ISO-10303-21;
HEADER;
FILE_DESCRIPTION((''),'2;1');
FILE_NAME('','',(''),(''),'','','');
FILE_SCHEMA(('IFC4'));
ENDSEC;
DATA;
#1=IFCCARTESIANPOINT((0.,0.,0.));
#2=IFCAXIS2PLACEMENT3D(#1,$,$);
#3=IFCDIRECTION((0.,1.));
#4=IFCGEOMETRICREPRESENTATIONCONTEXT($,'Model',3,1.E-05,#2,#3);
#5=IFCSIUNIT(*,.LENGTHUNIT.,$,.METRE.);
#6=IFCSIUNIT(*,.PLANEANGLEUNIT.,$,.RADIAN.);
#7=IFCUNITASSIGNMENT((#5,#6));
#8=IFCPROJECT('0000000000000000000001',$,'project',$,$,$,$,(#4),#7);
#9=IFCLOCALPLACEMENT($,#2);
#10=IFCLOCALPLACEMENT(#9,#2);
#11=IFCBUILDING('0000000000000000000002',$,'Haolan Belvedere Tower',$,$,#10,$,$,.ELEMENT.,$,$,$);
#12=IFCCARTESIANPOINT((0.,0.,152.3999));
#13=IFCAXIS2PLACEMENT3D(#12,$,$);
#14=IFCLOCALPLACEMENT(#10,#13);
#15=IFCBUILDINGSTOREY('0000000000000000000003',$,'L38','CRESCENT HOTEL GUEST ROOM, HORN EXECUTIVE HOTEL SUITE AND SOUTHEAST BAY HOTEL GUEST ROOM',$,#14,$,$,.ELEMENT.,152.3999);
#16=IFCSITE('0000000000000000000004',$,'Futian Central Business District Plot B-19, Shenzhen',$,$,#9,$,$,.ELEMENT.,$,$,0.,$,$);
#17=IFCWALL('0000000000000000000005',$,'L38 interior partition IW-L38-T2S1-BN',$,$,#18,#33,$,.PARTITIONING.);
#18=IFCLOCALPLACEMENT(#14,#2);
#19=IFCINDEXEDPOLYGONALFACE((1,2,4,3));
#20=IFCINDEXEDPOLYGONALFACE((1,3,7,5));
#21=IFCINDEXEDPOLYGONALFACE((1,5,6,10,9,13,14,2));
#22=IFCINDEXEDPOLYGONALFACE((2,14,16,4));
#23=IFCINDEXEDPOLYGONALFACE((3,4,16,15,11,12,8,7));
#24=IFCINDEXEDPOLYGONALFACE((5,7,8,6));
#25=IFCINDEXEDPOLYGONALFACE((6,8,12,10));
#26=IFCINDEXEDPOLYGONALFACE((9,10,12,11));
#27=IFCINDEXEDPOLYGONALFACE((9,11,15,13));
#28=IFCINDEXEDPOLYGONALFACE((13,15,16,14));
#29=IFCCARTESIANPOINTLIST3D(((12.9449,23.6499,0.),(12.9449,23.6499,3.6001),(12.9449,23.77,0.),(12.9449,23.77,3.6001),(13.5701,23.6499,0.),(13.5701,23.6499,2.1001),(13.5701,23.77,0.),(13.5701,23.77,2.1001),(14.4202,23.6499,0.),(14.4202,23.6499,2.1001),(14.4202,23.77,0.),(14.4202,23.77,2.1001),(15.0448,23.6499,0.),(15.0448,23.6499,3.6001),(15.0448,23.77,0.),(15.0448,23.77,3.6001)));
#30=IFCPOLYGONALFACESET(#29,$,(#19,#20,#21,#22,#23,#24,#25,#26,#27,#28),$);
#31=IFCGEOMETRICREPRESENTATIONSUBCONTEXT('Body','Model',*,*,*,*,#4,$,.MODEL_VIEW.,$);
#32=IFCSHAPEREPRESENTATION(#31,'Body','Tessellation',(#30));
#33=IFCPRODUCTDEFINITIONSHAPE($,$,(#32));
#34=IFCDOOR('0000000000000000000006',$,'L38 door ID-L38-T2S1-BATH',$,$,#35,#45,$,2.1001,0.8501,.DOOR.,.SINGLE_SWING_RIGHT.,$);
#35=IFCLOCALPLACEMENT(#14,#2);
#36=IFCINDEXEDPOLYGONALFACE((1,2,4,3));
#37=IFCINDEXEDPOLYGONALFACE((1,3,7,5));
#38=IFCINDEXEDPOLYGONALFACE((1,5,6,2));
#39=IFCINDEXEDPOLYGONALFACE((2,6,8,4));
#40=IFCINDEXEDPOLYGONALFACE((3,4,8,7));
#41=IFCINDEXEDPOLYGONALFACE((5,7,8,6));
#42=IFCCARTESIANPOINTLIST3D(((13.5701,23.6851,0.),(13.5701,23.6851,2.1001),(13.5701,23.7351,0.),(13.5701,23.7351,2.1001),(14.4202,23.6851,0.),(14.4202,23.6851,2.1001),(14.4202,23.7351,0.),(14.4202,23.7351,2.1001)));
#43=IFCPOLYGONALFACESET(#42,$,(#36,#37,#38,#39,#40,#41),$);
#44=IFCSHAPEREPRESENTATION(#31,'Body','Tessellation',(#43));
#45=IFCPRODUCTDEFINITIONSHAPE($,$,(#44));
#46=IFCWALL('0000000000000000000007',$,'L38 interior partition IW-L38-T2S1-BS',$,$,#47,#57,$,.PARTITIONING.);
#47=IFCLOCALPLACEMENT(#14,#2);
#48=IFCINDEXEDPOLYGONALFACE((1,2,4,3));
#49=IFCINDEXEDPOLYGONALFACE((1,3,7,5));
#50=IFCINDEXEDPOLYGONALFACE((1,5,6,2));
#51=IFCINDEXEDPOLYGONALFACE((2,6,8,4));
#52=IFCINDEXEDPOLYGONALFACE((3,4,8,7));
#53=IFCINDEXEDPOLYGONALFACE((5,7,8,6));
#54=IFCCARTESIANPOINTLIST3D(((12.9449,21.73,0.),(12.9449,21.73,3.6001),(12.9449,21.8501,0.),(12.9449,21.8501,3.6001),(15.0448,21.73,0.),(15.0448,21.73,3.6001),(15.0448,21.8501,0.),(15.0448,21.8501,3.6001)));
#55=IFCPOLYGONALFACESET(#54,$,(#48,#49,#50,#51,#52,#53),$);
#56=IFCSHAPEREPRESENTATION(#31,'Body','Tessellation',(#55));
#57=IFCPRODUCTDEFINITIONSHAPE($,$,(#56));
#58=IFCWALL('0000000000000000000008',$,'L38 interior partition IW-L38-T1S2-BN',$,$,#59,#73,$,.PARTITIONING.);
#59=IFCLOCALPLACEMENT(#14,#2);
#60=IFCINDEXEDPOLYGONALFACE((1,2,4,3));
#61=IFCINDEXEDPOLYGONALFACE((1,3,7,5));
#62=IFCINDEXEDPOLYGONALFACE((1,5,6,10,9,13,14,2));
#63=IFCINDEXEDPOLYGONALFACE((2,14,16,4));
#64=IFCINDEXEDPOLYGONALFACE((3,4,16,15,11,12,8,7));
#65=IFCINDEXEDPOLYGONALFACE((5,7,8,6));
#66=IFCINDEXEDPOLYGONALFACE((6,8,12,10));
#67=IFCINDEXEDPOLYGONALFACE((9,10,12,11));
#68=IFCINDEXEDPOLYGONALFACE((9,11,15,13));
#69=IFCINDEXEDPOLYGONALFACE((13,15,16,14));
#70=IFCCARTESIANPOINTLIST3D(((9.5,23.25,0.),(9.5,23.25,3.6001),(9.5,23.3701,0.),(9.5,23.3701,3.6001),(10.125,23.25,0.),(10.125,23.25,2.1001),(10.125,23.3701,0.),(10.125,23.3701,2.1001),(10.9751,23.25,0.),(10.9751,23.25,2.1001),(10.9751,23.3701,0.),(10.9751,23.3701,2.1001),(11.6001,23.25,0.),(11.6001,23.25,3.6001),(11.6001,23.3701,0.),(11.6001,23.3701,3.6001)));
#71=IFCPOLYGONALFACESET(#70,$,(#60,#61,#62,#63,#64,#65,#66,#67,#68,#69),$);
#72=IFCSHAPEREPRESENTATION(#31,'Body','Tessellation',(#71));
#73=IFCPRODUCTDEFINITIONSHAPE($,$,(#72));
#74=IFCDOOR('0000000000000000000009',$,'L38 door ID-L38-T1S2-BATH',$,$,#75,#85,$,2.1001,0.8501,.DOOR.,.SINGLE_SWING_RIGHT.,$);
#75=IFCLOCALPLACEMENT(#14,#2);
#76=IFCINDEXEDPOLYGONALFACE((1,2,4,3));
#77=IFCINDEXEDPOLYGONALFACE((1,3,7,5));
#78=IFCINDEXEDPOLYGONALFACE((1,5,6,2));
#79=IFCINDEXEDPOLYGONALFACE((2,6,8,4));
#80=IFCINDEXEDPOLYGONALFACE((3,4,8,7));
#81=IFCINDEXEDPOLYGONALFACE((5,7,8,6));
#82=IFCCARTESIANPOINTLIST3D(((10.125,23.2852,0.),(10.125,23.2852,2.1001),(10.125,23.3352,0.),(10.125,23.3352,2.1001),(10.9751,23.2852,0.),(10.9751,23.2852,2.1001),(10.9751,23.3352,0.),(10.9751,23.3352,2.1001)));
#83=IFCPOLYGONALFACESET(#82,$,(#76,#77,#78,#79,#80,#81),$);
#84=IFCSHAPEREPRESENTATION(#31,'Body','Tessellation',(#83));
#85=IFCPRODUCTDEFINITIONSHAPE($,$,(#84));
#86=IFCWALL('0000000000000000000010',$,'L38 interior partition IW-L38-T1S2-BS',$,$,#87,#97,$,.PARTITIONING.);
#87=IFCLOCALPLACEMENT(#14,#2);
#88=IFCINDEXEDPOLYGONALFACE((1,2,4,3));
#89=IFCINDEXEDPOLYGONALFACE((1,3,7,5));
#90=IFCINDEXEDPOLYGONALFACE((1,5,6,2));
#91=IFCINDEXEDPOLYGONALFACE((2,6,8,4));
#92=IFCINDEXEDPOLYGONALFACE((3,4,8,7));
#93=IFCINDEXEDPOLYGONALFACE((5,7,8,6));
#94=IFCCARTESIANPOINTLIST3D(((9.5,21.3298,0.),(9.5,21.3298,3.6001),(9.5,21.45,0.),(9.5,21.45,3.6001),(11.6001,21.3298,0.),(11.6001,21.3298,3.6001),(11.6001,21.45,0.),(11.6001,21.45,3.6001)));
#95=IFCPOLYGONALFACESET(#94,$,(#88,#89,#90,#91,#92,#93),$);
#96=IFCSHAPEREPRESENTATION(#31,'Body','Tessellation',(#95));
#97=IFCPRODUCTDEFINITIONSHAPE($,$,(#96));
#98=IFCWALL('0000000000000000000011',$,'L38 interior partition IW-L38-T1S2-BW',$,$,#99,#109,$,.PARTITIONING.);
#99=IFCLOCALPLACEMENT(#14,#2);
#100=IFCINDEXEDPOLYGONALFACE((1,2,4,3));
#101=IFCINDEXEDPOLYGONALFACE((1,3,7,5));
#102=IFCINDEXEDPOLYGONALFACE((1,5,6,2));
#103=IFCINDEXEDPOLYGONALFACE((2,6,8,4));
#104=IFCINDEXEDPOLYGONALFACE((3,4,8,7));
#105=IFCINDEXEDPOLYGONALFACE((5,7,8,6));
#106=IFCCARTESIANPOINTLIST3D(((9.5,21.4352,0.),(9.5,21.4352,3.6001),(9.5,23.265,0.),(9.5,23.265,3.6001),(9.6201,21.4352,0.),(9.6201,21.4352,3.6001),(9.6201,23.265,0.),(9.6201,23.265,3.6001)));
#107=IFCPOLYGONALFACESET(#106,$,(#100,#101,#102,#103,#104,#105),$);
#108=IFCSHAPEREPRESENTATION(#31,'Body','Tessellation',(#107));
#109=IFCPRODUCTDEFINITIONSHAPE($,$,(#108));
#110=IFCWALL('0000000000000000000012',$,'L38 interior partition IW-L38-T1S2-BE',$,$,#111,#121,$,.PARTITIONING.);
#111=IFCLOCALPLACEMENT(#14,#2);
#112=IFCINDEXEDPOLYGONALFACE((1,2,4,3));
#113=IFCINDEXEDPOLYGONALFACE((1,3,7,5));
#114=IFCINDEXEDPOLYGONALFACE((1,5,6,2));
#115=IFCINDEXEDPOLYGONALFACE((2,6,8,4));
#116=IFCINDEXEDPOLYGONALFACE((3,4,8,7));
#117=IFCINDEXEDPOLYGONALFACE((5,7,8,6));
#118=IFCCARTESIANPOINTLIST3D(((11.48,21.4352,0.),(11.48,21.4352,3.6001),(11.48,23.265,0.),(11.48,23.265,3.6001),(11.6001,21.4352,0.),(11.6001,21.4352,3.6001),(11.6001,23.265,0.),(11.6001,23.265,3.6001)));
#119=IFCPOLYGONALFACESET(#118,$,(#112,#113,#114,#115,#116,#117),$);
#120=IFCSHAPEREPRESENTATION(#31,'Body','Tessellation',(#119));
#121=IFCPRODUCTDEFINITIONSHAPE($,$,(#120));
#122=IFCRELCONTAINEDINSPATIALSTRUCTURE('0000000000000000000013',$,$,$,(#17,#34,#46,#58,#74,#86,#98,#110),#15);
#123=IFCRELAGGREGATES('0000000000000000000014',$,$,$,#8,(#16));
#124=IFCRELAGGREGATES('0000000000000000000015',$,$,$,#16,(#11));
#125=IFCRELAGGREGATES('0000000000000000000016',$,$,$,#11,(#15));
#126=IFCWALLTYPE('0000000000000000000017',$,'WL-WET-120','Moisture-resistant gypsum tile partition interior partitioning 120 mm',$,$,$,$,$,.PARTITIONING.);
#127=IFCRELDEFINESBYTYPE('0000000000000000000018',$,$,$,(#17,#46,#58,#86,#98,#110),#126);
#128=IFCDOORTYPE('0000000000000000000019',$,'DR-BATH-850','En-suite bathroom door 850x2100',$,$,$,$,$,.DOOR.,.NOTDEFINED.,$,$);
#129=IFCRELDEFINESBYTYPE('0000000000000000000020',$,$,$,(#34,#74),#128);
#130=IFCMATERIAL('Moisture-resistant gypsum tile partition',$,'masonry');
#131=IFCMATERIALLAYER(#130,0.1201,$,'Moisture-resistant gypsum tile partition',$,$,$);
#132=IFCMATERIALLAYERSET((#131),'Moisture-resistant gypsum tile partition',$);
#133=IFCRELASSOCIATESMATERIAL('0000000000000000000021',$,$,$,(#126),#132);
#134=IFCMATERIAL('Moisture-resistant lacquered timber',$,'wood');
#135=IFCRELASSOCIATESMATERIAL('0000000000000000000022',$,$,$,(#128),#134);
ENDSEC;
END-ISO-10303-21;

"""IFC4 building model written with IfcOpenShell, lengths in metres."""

from ifc_helpers import new_model, si_unit, direction, frame, frame_2d, origin, place, context, subcontext, project, spatial, rectangle, extrude, material, layer, layer_set, type_object, element, fill, save


model = new_model("IFC4")

# Units and contexts
model_context = context("Model", 3, precision=1e-05, world=origin(), true_north=direction((0.0, 1.0)))
body_context = subcontext(model_context, "Body", "Model", "MODEL_VIEW")
ifc_project = project(units=[si_unit("LENGTHUNIT", "METRE"), si_unit("PLANEANGLEUNIT", "RADIAN")], contexts=[model_context])

# Site, building, storey
site_placement = place(None, origin())
site = spatial("IfcSite", under=ifc_project, at=site_placement, Name="Futian Central Business District Plot B-19, Shenzhen", CompositionType="ELEMENT", RefElevation=0.0)
building_placement = place(site_placement, origin())
building = spatial("IfcBuilding", under=site, at=building_placement, Name="Haolan Belvedere Tower", CompositionType="ELEMENT")
storey_placement = place(building_placement, frame((0.0, 0.0, 152.3999)))
storey = spatial("IfcBuildingStorey", under=building, at=storey_placement, Name="L38", Description="CRESCENT HOTEL GUEST ROOM, HORN EXECUTIVE HOTEL SUITE AND SOUTHEAST BAY HOTEL GUEST ROOM", CompositionType="ELEMENT", Elevation=152.3999)

# Wall, opening, door
ifc_material_1 = material(Name="Moisture-resistant gypsum tile partition", Category="masonry")
ifc_layer_1 = layer(ifc_material_1, 0.1201, Name="Moisture-resistant gypsum tile partition")
ifc_layer_set_1 = layer_set([ifc_layer_1], Name="Moisture-resistant gypsum tile partition")
wall_type_1 = type_object("IfcWallType", Name="WL-WET-120", Description="Moisture-resistant gypsum tile partition interior partitioning 120 mm", PredefinedType="PARTITIONING", material=ifc_layer_set_1)
wall_1_placement = place(storey_placement, frame((12.9451, 23.71, 0.0), z_axis=(0.0, 0.0, 1.0), x_axis=(1.0, 0.0, 0.0)))
wall_1 = element("IfcWall", 1, at=wall_1_placement, inside=storey, type_object=wall_type_1, Name="L38 interior partition IW-L38-T2S1-BN", PredefinedType="PARTITIONING", context=body_context, shape_type="SweptSolid", body=[
    extrude(rectangle(XDim=2.0999, YDim=0.1201, at=frame_2d((1.0498, 0.0))), origin(), (0.0, 0.0, 1.0), 3.6001),
])
opening_1_placement = place(wall_1_placement, frame((1.4751, 0.0, 0.0), z_axis=(0.0, 0.0, 1.0), x_axis=(-1.0, 0.0, 0.0)))
opening_1 = element("IfcOpeningElement", 2, at=opening_1_placement, cuts=wall_1, PredefinedType="OPENING", context=body_context, shape_type="SweptSolid", body=[
    extrude(rectangle(XDim=0.8501, YDim=2.1001, at=frame_2d((0.425, 1.05))), frame((0.0, 0.0701, 0.0), z_axis=(0.0, -1.0, 0.0), x_axis=(1.0, 0.0, 0.0)), (0.0, 0.0, 1.0), 0.1401),
])
ifc_material_2 = material(Name="Moisture-resistant lacquered timber", Category="wood")
door_type_1 = type_object("IfcDoorType", Name="DR-BATH-850", Description="En-suite bathroom door 850x2100", OperationType="NOTDEFINED", PredefinedType="DOOR", material=ifc_material_2)
door_1_placement = place(opening_1_placement, origin())
door_1 = element("IfcDoor", 3, at=door_1_placement, inside=storey, type_object=door_type_1, Name="L38 door ID-L38-T2S1-BATH", OperationType="SINGLE_SWING_RIGHT", OverallHeight=2.1001, OverallWidth=0.8501, PredefinedType="DOOR", context=body_context, shape_type="SweptSolid", body=[
    extrude(rectangle(XDim=0.8501, YDim=2.1001, at=frame_2d((0.425, 1.05))), frame((0.0, 0.0249, 0.0), z_axis=(0.0, -1.0, 0.0), x_axis=(1.0, 0.0, 0.0)), (0.0, 0.0, 1.0), 0.05),
])
fill(opening_1, door_1)

# Wall
wall_2_placement = place(storey_placement, frame((12.9451, 21.79, 0.0), z_axis=(0.0, 0.0, 1.0), x_axis=(1.0, 0.0, 0.0)))
element("IfcWall", 4, at=wall_2_placement, inside=storey, type_object=wall_type_1, Name="L38 interior partition IW-L38-T2S1-BS", PredefinedType="PARTITIONING", context=body_context, shape_type="SweptSolid", body=[
    extrude(rectangle(XDim=2.0999, YDim=0.1201, at=frame_2d((1.0498, 0.0))), origin(), (0.0, 0.0, 1.0), 3.6001),
])

# Wall, opening, door
wall_3_placement = place(storey_placement, frame((9.5, 23.3101, 0.0), z_axis=(0.0, 0.0, 1.0), x_axis=(1.0, 0.0, 0.0)))
wall_3 = element("IfcWall", 5, at=wall_3_placement, inside=storey, type_object=wall_type_1, Name="L38 interior partition IW-L38-T1S2-BN", PredefinedType="PARTITIONING", context=body_context, shape_type="SweptSolid", body=[
    extrude(rectangle(XDim=2.1001, YDim=0.1201, at=frame_2d((1.05, 0.0))), origin(), (0.0, 0.0, 1.0), 3.6001),
])
opening_2_placement = place(wall_3_placement, frame((1.4751, 0.0, 0.0), z_axis=(0.0, 0.0, 1.0), x_axis=(-1.0, 0.0, 0.0)))
opening_2 = element("IfcOpeningElement", 6, at=opening_2_placement, cuts=wall_3, PredefinedType="OPENING", context=body_context, shape_type="SweptSolid", body=[
    extrude(rectangle(XDim=0.8501, YDim=2.1001, at=frame_2d((0.425, 1.05))), frame((0.0, 0.0701, 0.0), z_axis=(0.0, -1.0, 0.0), x_axis=(1.0, 0.0, 0.0)), (0.0, 0.0, 1.0), 0.1401),
])
door_2_placement = place(opening_2_placement, origin())
door_2 = element("IfcDoor", 7, at=door_2_placement, inside=storey, type_object=door_type_1, Name="L38 door ID-L38-T1S2-BATH", OperationType="SINGLE_SWING_RIGHT", OverallHeight=2.1001, OverallWidth=0.8501, PredefinedType="DOOR", context=body_context, shape_type="SweptSolid", body=[
    extrude(rectangle(XDim=0.8501, YDim=2.1001, at=frame_2d((0.425, 1.05))), frame((0.0, 0.0249, 0.0), z_axis=(0.0, -1.0, 0.0), x_axis=(1.0, 0.0, 0.0)), (0.0, 0.0, 1.0), 0.05),
])
fill(opening_2, door_2)

# Walls
wall_4_placement = place(storey_placement, frame((9.5, 21.3899, 0.0), z_axis=(0.0, 0.0, 1.0), x_axis=(1.0, 0.0, 0.0)))
element("IfcWall", 8, at=wall_4_placement, inside=storey, type_object=wall_type_1, Name="L38 interior partition IW-L38-T1S2-BS", PredefinedType="PARTITIONING", context=body_context, shape_type="SweptSolid", body=[
    extrude(rectangle(XDim=2.1001, YDim=0.1201, at=frame_2d((1.05, 0.0))), origin(), (0.0, 0.0, 1.0), 3.6001),
])
for number, where, z_axis, x_axis, name in (
    (9, (9.5601, 21.4351, 0.0), (0.0, 0.0, 1.0), (0.0, 1.0, 0.0), "L38 interior partition IW-L38-T1S2-BW"),
    (10, (11.54, 21.4351, 0.0), (0.0, 0.0, 1.0), (0.0, 1.0, 0.0), "L38 interior partition IW-L38-T1S2-BE"),
):
    element("IfcWall", number, at=place(storey_placement, frame(where, z_axis=z_axis, x_axis=x_axis)), inside=storey, type_object=wall_type_1, Name=name, PredefinedType="PARTITIONING", context=body_context, shape_type="SweptSolid", body=[
        extrude(rectangle(XDim=1.8298, YDim=0.1201, at=frame_2d((0.915, 0.0))), origin(), (0.0, 0.0, 1.0), 3.6001),
    ])

save(model, "model.ifc")
